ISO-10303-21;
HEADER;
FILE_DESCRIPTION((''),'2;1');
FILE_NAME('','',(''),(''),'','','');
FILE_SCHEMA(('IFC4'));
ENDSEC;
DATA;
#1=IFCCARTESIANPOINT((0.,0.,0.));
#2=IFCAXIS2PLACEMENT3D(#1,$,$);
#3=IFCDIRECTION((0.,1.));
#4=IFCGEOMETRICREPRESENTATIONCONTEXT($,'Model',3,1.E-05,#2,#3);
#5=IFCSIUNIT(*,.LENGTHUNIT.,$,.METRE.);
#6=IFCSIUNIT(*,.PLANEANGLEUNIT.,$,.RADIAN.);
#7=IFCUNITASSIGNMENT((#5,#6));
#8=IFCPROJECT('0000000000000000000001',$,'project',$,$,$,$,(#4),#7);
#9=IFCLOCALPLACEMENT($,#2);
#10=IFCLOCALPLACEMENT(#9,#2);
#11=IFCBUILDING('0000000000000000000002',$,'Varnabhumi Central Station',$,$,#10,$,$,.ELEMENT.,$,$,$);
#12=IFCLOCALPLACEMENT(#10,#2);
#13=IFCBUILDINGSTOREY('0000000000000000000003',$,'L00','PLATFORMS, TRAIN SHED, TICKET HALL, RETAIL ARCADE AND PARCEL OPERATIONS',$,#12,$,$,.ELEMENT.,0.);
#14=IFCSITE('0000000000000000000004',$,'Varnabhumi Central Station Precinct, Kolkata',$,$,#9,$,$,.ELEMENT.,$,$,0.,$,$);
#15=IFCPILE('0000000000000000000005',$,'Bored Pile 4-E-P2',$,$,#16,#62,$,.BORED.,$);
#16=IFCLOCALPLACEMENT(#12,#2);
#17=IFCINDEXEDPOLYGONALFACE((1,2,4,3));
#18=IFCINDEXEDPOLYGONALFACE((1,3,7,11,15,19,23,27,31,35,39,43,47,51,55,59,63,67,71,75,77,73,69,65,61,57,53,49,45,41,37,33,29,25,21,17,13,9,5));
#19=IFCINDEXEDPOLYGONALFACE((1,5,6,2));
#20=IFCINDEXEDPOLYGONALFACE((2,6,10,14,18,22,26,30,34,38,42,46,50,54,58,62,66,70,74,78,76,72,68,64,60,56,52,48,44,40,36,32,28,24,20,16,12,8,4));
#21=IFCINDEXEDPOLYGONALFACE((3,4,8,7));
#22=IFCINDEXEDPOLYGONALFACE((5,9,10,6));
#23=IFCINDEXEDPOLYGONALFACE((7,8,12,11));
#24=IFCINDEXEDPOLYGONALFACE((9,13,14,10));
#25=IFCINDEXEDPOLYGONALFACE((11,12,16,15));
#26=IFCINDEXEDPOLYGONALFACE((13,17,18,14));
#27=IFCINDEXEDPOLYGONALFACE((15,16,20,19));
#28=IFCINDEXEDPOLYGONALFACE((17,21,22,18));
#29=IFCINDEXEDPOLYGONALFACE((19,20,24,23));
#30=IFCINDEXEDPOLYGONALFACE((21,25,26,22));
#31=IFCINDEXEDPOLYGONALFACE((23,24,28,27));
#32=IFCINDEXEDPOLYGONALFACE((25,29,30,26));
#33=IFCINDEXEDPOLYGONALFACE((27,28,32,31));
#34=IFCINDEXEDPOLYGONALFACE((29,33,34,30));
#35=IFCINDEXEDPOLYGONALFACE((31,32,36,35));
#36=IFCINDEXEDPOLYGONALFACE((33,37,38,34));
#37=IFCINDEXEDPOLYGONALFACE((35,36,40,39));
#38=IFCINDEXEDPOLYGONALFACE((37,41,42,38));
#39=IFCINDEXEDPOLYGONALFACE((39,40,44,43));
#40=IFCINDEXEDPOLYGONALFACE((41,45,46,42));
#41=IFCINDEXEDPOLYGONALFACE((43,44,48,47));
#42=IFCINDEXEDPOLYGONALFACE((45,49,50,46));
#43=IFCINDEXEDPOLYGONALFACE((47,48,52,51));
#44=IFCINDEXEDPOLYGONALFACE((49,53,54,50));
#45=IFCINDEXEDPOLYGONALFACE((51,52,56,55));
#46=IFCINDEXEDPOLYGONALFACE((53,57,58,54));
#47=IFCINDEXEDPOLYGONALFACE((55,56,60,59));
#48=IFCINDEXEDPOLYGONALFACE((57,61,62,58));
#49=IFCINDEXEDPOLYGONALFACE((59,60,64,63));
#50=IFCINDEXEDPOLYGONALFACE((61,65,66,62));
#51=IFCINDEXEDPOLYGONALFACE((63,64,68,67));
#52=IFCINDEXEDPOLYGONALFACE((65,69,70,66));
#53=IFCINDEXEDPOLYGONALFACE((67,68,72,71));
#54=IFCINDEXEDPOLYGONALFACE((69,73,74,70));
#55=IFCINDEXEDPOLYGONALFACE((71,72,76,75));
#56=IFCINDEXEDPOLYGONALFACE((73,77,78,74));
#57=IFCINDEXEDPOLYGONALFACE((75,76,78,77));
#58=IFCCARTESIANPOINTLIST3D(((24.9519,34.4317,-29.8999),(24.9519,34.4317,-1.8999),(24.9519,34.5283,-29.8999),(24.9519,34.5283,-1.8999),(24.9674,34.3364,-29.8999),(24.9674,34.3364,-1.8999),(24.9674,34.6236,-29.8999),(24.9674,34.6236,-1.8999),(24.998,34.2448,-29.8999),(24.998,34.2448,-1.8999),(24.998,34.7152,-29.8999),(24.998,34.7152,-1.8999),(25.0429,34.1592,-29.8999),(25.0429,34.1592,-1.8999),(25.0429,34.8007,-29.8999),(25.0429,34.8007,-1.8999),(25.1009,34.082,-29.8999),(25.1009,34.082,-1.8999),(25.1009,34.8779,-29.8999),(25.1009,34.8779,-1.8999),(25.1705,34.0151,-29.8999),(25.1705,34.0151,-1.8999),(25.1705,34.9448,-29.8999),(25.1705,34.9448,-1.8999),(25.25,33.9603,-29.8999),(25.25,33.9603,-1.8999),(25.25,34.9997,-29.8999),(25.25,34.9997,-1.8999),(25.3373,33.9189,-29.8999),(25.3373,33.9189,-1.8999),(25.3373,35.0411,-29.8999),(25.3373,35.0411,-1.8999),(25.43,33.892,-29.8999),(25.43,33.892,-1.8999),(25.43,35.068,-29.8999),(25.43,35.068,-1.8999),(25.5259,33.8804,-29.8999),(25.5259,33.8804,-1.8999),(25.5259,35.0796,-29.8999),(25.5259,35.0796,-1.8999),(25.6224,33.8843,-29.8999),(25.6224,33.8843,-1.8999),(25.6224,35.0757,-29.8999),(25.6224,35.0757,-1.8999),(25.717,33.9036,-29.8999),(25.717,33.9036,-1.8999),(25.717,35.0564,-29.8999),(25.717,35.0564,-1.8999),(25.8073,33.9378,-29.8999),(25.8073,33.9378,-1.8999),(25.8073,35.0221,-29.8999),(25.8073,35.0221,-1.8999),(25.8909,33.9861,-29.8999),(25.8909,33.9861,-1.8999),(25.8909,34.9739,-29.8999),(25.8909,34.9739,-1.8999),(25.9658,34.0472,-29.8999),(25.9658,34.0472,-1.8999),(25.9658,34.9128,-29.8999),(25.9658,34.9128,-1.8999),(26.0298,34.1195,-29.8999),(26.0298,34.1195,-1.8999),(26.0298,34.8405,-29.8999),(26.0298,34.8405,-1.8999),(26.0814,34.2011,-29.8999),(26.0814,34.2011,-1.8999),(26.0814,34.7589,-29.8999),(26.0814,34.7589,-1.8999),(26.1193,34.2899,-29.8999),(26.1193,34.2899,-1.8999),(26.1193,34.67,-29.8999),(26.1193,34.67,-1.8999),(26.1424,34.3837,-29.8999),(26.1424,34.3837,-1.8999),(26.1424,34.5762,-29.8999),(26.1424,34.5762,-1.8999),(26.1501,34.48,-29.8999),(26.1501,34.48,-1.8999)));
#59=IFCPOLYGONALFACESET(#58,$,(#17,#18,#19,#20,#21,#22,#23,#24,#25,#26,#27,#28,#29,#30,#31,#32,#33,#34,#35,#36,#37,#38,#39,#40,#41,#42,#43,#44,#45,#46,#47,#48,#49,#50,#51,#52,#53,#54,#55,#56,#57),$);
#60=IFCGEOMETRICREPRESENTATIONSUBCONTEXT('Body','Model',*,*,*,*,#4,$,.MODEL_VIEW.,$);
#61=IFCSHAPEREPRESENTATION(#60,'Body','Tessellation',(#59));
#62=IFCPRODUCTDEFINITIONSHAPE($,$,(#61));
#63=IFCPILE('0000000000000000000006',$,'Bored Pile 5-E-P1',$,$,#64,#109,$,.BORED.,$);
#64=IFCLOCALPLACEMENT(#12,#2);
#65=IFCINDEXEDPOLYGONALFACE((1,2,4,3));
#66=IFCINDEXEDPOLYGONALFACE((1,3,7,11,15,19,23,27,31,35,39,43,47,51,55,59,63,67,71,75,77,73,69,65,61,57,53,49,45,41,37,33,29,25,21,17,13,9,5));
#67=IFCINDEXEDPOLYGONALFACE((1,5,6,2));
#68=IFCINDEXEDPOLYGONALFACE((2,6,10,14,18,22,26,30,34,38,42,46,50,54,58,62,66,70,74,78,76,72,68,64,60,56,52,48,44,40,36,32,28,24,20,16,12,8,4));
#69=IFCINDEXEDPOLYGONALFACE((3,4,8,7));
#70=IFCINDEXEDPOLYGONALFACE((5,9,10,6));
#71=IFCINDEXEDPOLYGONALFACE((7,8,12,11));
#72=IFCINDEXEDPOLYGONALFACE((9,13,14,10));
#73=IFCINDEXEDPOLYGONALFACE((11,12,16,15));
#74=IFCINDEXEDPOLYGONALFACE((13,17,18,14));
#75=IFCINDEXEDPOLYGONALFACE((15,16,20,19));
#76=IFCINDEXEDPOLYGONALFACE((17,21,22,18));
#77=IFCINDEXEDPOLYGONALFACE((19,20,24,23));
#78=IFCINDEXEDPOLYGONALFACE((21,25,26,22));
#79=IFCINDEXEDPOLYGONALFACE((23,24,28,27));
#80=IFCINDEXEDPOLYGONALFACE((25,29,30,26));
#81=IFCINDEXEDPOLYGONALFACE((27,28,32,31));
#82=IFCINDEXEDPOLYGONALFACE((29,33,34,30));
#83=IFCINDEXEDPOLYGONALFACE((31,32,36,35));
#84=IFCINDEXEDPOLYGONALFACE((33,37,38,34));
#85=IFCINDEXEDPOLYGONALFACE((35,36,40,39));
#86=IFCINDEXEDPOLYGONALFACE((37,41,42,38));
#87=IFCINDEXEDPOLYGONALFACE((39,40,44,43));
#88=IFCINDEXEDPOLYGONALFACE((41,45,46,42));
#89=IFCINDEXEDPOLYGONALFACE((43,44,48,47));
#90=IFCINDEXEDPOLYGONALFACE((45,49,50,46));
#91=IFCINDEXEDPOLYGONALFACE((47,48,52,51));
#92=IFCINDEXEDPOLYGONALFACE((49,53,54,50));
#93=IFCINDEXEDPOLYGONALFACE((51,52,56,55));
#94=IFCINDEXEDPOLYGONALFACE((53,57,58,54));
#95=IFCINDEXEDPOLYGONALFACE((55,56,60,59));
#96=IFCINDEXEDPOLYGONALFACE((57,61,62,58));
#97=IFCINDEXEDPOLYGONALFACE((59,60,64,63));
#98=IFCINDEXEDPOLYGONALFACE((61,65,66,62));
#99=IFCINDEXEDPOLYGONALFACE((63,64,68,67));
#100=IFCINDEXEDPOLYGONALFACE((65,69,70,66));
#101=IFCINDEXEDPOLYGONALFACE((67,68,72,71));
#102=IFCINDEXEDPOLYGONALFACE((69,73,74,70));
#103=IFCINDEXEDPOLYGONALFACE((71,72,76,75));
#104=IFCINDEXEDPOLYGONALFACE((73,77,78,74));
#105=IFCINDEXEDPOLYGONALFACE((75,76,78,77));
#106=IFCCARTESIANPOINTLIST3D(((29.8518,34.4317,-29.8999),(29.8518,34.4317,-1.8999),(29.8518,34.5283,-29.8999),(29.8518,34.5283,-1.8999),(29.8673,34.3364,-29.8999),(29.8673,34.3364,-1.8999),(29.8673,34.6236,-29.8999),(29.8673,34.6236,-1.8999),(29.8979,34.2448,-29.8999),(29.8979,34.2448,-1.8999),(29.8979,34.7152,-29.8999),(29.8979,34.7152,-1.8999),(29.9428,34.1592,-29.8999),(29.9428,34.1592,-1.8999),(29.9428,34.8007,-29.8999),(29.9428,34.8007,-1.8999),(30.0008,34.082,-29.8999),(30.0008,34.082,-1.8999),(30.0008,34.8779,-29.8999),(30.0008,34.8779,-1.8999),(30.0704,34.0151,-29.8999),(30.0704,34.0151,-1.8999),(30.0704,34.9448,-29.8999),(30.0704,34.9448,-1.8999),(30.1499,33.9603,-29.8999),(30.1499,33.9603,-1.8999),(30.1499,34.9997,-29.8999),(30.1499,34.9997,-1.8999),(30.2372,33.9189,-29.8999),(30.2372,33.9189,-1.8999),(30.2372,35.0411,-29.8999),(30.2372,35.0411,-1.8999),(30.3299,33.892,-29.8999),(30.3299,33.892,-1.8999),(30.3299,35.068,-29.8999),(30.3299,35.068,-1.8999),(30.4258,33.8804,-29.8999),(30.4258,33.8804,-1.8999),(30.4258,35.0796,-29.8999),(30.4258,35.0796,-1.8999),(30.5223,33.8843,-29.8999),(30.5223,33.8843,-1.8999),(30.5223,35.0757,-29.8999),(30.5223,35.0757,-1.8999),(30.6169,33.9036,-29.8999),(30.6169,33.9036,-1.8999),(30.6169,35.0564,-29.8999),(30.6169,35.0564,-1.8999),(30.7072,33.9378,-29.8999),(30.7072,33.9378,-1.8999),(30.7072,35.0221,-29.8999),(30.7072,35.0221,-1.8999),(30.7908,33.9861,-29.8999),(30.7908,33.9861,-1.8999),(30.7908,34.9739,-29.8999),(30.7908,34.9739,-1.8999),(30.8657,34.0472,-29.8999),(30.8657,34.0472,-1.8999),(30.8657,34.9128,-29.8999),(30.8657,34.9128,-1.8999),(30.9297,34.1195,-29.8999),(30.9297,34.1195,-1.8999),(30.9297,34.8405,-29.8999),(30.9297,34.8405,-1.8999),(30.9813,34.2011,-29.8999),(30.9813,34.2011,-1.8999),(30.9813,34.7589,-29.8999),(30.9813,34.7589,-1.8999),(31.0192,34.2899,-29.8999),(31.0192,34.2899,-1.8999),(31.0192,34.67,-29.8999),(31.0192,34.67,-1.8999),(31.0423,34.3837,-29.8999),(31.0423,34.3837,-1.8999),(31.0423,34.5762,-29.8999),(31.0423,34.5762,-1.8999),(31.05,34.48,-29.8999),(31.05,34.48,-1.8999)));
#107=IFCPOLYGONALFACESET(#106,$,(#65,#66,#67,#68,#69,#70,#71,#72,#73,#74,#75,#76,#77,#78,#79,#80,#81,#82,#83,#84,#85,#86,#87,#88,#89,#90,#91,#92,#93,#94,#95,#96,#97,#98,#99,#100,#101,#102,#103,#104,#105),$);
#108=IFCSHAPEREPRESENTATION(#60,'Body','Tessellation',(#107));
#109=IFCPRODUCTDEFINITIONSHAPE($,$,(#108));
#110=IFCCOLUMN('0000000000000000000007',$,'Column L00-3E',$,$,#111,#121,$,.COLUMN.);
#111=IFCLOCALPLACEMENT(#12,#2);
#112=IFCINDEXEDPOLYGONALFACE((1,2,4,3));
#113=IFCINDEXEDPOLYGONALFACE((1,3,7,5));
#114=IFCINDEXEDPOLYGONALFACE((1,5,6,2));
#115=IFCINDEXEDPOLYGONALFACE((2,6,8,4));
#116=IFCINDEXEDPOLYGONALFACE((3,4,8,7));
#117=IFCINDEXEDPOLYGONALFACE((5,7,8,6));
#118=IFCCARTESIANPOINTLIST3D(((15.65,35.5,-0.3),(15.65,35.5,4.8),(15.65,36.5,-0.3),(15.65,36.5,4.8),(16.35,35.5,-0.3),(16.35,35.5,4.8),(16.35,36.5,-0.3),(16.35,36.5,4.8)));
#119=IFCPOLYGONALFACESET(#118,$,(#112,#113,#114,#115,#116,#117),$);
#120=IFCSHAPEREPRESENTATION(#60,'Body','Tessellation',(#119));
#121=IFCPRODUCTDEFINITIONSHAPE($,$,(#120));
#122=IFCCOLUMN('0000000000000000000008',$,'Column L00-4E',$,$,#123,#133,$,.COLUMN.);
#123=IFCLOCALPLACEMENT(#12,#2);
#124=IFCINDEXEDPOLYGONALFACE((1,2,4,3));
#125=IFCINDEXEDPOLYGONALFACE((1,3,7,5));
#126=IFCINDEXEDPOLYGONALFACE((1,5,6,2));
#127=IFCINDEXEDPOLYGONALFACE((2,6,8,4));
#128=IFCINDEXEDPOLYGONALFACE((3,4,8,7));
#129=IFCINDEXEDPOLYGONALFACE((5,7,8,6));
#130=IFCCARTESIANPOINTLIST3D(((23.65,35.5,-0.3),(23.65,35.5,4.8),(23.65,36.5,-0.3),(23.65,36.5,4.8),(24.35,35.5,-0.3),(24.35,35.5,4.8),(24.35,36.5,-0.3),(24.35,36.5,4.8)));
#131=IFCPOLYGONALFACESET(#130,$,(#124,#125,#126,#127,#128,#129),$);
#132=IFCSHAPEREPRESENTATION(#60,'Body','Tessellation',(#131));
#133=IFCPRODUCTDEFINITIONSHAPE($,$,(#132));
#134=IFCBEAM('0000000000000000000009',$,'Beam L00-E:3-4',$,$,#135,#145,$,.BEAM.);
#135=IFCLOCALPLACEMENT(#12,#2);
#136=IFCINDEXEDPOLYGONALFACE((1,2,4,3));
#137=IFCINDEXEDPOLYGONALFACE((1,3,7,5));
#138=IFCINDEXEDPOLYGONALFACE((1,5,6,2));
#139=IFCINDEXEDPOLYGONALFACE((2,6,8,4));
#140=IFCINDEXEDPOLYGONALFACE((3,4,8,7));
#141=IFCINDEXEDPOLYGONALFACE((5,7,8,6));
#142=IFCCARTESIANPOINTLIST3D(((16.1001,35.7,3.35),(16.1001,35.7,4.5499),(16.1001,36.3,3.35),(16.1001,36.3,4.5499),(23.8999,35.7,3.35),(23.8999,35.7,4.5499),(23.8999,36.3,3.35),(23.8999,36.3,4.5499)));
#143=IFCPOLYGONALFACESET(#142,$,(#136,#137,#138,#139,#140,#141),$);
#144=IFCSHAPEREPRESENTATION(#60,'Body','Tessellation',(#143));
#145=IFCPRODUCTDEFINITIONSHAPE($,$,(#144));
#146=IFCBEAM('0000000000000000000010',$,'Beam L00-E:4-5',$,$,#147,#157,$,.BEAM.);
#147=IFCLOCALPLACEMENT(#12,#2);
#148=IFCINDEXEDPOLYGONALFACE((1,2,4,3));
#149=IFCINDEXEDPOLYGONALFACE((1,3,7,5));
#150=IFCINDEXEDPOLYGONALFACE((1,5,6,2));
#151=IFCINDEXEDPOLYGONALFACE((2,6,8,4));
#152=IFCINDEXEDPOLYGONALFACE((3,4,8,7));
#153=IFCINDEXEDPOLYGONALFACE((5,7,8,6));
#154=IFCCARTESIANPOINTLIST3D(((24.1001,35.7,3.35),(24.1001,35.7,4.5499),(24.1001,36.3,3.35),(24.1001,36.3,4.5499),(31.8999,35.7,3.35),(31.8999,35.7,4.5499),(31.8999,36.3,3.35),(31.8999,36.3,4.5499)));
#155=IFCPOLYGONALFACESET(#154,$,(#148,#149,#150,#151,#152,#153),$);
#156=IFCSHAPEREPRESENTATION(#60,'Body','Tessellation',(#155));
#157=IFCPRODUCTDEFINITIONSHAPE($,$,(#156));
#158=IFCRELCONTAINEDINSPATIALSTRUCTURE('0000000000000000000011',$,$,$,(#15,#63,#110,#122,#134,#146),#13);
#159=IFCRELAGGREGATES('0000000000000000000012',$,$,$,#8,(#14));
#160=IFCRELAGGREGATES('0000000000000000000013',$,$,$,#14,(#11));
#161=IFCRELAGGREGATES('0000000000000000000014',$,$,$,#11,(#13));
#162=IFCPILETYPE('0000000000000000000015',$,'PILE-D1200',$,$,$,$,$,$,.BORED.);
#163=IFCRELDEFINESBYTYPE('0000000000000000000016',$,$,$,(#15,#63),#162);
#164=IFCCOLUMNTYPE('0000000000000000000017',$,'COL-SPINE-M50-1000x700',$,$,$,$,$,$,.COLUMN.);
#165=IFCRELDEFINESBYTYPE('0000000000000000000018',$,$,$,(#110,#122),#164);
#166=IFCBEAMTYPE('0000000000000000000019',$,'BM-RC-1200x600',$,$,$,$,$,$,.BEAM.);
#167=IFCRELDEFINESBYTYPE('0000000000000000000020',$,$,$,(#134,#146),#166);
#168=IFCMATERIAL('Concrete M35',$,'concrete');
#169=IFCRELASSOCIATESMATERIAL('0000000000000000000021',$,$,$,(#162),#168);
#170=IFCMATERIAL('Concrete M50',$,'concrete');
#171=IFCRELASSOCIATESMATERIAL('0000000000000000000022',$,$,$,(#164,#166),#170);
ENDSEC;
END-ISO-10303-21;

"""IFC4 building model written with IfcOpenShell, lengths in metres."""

from ifc_helpers import new_model, si_unit, direction, frame, origin, origin_2d, place, context, subcontext, project, spatial, rectangle, circle, extrude, material, material_profile, profile_set, type_object, element, save


model = new_model("IFC4")

# Units and contexts
model_context = context("Model", 3, precision=1e-05, world=origin(), true_north=direction((0.0, 1.0)))
body_context = subcontext(model_context, "Body", "Model", "MODEL_VIEW")
ifc_project = project(units=[si_unit("LENGTHUNIT", "METRE"), si_unit("PLANEANGLEUNIT", "RADIAN")], contexts=[model_context])

# Site, building, storey
site_placement = place(None, origin())
site = spatial("IfcSite", under=ifc_project, at=site_placement, Name="Varnabhumi Central Station Precinct, Kolkata", CompositionType="ELEMENT", RefElevation=0.0)
building_placement = place(site_placement, origin())
building = spatial("IfcBuilding", under=site, at=building_placement, Name="Varnabhumi Central Station", CompositionType="ELEMENT")
storey_placement = place(building_placement, origin())
storey = spatial("IfcBuildingStorey", under=building, at=storey_placement, Name="L00", Description="PLATFORMS, TRAIN SHED, TICKET HALL, RETAIL ARCADE AND PARCEL OPERATIONS", CompositionType="ELEMENT", Elevation=0.0)

# Piles
ifc_material_1 = material(Name="Concrete M35", Category="concrete")
ifc_material_profile_1 = material_profile(ifc_material_1, circle(Radius=0.6001, at=origin_2d()), Name="Concrete M35", Category="concrete")
ifc_profile_set_1 = profile_set([ifc_material_profile_1], Name="Concrete M35")
pile_type = type_object("IfcPileType", Name="PILE-D1200", PredefinedType="BORED", material=ifc_profile_set_1)
for number, where, z_axis, x_axis, name in (
    (1, (25.55, 34.48, -1.8999), (0.0, 0.0, -1.0), (1.0, 0.0, 0.0), "Bored Pile 4-E-P2"),
    (2, (30.45, 34.48, -1.8999), (0.0, 0.0, -1.0), (1.0, 0.0, 0.0), "Bored Pile 5-E-P1"),
):
    element("IfcPile", number, at=place(storey_placement, frame(where, z_axis=z_axis, x_axis=x_axis)), inside=storey, type_object=pile_type, Name=name, PredefinedType="BORED", context=body_context, shape_type="SweptSolid", body=[
        extrude(circle(Radius=0.6001, at=origin_2d()), origin(), (0.0, 0.0, 1.0), 28.0),
    ])

# Columns
ifc_material_2 = material(Name="Concrete M50", Category="concrete")
ifc_material_profile_2 = material_profile(ifc_material_2, rectangle(XDim=0.7, YDim=1.0, at=origin_2d()), Name="Concrete M50", Category="concrete")
ifc_profile_set_2 = profile_set([ifc_material_profile_2], Name="Concrete M50")
column_type = type_object("IfcColumnType", Name="COL-SPINE-M50-1000x700", PredefinedType="COLUMN", material=ifc_profile_set_2)
for number, where, z_axis, x_axis, name in (
    (3, (16.0, 36.0, -0.3), (0.0, 0.0, 1.0), (1.0, 0.0, 0.0), "Column L00-3E"),
    (4, (24.0, 36.0, -0.3), (0.0, 0.0, 1.0), (1.0, 0.0, 0.0), "Column L00-4E"),
):
    element("IfcColumn", number, at=place(storey_placement, frame(where, z_axis=z_axis, x_axis=x_axis)), inside=storey, type_object=column_type, Name=name, PredefinedType="COLUMN", context=body_context, shape_type="SweptSolid", body=[
        extrude(rectangle(XDim=0.7, YDim=1.0, at=origin_2d()), origin(), (0.0, 0.0, 1.0), 5.1001),
    ])

# Beams
ifc_material_profile_3 = material_profile(ifc_material_2, rectangle(XDim=0.6001, YDim=1.2, at=origin_2d()), Name="Concrete M50", Category="concrete")
ifc_profile_set_3 = profile_set([ifc_material_profile_3], Name="Concrete M50")
beam_type = type_object("IfcBeamType", Name="BM-RC-1200x600", PredefinedType="BEAM", material=ifc_profile_set_3)
for number, where, z_axis, x_axis, name in (
    (5, (16.1001, 36.0, 3.95), (1.0, 0.0, 0.0), (0.0, 1.0, 0.0), "Beam L00-E:3-4"),
    (6, (24.1001, 36.0, 3.95), (1.0, 0.0, 0.0), (0.0, 1.0, 0.0), "Beam L00-E:4-5"),
):
    element("IfcBeam", number, at=place(storey_placement, frame(where, z_axis=z_axis, x_axis=x_axis)), inside=storey, type_object=beam_type, Name=name, PredefinedType="BEAM", context=body_context, shape_type="SweptSolid", body=[
        extrude(rectangle(XDim=0.6001, YDim=1.2, at=origin_2d()), origin(), (0.0, 0.0, 1.0), 7.7998),
    ])

save(model, "model.ifc")
